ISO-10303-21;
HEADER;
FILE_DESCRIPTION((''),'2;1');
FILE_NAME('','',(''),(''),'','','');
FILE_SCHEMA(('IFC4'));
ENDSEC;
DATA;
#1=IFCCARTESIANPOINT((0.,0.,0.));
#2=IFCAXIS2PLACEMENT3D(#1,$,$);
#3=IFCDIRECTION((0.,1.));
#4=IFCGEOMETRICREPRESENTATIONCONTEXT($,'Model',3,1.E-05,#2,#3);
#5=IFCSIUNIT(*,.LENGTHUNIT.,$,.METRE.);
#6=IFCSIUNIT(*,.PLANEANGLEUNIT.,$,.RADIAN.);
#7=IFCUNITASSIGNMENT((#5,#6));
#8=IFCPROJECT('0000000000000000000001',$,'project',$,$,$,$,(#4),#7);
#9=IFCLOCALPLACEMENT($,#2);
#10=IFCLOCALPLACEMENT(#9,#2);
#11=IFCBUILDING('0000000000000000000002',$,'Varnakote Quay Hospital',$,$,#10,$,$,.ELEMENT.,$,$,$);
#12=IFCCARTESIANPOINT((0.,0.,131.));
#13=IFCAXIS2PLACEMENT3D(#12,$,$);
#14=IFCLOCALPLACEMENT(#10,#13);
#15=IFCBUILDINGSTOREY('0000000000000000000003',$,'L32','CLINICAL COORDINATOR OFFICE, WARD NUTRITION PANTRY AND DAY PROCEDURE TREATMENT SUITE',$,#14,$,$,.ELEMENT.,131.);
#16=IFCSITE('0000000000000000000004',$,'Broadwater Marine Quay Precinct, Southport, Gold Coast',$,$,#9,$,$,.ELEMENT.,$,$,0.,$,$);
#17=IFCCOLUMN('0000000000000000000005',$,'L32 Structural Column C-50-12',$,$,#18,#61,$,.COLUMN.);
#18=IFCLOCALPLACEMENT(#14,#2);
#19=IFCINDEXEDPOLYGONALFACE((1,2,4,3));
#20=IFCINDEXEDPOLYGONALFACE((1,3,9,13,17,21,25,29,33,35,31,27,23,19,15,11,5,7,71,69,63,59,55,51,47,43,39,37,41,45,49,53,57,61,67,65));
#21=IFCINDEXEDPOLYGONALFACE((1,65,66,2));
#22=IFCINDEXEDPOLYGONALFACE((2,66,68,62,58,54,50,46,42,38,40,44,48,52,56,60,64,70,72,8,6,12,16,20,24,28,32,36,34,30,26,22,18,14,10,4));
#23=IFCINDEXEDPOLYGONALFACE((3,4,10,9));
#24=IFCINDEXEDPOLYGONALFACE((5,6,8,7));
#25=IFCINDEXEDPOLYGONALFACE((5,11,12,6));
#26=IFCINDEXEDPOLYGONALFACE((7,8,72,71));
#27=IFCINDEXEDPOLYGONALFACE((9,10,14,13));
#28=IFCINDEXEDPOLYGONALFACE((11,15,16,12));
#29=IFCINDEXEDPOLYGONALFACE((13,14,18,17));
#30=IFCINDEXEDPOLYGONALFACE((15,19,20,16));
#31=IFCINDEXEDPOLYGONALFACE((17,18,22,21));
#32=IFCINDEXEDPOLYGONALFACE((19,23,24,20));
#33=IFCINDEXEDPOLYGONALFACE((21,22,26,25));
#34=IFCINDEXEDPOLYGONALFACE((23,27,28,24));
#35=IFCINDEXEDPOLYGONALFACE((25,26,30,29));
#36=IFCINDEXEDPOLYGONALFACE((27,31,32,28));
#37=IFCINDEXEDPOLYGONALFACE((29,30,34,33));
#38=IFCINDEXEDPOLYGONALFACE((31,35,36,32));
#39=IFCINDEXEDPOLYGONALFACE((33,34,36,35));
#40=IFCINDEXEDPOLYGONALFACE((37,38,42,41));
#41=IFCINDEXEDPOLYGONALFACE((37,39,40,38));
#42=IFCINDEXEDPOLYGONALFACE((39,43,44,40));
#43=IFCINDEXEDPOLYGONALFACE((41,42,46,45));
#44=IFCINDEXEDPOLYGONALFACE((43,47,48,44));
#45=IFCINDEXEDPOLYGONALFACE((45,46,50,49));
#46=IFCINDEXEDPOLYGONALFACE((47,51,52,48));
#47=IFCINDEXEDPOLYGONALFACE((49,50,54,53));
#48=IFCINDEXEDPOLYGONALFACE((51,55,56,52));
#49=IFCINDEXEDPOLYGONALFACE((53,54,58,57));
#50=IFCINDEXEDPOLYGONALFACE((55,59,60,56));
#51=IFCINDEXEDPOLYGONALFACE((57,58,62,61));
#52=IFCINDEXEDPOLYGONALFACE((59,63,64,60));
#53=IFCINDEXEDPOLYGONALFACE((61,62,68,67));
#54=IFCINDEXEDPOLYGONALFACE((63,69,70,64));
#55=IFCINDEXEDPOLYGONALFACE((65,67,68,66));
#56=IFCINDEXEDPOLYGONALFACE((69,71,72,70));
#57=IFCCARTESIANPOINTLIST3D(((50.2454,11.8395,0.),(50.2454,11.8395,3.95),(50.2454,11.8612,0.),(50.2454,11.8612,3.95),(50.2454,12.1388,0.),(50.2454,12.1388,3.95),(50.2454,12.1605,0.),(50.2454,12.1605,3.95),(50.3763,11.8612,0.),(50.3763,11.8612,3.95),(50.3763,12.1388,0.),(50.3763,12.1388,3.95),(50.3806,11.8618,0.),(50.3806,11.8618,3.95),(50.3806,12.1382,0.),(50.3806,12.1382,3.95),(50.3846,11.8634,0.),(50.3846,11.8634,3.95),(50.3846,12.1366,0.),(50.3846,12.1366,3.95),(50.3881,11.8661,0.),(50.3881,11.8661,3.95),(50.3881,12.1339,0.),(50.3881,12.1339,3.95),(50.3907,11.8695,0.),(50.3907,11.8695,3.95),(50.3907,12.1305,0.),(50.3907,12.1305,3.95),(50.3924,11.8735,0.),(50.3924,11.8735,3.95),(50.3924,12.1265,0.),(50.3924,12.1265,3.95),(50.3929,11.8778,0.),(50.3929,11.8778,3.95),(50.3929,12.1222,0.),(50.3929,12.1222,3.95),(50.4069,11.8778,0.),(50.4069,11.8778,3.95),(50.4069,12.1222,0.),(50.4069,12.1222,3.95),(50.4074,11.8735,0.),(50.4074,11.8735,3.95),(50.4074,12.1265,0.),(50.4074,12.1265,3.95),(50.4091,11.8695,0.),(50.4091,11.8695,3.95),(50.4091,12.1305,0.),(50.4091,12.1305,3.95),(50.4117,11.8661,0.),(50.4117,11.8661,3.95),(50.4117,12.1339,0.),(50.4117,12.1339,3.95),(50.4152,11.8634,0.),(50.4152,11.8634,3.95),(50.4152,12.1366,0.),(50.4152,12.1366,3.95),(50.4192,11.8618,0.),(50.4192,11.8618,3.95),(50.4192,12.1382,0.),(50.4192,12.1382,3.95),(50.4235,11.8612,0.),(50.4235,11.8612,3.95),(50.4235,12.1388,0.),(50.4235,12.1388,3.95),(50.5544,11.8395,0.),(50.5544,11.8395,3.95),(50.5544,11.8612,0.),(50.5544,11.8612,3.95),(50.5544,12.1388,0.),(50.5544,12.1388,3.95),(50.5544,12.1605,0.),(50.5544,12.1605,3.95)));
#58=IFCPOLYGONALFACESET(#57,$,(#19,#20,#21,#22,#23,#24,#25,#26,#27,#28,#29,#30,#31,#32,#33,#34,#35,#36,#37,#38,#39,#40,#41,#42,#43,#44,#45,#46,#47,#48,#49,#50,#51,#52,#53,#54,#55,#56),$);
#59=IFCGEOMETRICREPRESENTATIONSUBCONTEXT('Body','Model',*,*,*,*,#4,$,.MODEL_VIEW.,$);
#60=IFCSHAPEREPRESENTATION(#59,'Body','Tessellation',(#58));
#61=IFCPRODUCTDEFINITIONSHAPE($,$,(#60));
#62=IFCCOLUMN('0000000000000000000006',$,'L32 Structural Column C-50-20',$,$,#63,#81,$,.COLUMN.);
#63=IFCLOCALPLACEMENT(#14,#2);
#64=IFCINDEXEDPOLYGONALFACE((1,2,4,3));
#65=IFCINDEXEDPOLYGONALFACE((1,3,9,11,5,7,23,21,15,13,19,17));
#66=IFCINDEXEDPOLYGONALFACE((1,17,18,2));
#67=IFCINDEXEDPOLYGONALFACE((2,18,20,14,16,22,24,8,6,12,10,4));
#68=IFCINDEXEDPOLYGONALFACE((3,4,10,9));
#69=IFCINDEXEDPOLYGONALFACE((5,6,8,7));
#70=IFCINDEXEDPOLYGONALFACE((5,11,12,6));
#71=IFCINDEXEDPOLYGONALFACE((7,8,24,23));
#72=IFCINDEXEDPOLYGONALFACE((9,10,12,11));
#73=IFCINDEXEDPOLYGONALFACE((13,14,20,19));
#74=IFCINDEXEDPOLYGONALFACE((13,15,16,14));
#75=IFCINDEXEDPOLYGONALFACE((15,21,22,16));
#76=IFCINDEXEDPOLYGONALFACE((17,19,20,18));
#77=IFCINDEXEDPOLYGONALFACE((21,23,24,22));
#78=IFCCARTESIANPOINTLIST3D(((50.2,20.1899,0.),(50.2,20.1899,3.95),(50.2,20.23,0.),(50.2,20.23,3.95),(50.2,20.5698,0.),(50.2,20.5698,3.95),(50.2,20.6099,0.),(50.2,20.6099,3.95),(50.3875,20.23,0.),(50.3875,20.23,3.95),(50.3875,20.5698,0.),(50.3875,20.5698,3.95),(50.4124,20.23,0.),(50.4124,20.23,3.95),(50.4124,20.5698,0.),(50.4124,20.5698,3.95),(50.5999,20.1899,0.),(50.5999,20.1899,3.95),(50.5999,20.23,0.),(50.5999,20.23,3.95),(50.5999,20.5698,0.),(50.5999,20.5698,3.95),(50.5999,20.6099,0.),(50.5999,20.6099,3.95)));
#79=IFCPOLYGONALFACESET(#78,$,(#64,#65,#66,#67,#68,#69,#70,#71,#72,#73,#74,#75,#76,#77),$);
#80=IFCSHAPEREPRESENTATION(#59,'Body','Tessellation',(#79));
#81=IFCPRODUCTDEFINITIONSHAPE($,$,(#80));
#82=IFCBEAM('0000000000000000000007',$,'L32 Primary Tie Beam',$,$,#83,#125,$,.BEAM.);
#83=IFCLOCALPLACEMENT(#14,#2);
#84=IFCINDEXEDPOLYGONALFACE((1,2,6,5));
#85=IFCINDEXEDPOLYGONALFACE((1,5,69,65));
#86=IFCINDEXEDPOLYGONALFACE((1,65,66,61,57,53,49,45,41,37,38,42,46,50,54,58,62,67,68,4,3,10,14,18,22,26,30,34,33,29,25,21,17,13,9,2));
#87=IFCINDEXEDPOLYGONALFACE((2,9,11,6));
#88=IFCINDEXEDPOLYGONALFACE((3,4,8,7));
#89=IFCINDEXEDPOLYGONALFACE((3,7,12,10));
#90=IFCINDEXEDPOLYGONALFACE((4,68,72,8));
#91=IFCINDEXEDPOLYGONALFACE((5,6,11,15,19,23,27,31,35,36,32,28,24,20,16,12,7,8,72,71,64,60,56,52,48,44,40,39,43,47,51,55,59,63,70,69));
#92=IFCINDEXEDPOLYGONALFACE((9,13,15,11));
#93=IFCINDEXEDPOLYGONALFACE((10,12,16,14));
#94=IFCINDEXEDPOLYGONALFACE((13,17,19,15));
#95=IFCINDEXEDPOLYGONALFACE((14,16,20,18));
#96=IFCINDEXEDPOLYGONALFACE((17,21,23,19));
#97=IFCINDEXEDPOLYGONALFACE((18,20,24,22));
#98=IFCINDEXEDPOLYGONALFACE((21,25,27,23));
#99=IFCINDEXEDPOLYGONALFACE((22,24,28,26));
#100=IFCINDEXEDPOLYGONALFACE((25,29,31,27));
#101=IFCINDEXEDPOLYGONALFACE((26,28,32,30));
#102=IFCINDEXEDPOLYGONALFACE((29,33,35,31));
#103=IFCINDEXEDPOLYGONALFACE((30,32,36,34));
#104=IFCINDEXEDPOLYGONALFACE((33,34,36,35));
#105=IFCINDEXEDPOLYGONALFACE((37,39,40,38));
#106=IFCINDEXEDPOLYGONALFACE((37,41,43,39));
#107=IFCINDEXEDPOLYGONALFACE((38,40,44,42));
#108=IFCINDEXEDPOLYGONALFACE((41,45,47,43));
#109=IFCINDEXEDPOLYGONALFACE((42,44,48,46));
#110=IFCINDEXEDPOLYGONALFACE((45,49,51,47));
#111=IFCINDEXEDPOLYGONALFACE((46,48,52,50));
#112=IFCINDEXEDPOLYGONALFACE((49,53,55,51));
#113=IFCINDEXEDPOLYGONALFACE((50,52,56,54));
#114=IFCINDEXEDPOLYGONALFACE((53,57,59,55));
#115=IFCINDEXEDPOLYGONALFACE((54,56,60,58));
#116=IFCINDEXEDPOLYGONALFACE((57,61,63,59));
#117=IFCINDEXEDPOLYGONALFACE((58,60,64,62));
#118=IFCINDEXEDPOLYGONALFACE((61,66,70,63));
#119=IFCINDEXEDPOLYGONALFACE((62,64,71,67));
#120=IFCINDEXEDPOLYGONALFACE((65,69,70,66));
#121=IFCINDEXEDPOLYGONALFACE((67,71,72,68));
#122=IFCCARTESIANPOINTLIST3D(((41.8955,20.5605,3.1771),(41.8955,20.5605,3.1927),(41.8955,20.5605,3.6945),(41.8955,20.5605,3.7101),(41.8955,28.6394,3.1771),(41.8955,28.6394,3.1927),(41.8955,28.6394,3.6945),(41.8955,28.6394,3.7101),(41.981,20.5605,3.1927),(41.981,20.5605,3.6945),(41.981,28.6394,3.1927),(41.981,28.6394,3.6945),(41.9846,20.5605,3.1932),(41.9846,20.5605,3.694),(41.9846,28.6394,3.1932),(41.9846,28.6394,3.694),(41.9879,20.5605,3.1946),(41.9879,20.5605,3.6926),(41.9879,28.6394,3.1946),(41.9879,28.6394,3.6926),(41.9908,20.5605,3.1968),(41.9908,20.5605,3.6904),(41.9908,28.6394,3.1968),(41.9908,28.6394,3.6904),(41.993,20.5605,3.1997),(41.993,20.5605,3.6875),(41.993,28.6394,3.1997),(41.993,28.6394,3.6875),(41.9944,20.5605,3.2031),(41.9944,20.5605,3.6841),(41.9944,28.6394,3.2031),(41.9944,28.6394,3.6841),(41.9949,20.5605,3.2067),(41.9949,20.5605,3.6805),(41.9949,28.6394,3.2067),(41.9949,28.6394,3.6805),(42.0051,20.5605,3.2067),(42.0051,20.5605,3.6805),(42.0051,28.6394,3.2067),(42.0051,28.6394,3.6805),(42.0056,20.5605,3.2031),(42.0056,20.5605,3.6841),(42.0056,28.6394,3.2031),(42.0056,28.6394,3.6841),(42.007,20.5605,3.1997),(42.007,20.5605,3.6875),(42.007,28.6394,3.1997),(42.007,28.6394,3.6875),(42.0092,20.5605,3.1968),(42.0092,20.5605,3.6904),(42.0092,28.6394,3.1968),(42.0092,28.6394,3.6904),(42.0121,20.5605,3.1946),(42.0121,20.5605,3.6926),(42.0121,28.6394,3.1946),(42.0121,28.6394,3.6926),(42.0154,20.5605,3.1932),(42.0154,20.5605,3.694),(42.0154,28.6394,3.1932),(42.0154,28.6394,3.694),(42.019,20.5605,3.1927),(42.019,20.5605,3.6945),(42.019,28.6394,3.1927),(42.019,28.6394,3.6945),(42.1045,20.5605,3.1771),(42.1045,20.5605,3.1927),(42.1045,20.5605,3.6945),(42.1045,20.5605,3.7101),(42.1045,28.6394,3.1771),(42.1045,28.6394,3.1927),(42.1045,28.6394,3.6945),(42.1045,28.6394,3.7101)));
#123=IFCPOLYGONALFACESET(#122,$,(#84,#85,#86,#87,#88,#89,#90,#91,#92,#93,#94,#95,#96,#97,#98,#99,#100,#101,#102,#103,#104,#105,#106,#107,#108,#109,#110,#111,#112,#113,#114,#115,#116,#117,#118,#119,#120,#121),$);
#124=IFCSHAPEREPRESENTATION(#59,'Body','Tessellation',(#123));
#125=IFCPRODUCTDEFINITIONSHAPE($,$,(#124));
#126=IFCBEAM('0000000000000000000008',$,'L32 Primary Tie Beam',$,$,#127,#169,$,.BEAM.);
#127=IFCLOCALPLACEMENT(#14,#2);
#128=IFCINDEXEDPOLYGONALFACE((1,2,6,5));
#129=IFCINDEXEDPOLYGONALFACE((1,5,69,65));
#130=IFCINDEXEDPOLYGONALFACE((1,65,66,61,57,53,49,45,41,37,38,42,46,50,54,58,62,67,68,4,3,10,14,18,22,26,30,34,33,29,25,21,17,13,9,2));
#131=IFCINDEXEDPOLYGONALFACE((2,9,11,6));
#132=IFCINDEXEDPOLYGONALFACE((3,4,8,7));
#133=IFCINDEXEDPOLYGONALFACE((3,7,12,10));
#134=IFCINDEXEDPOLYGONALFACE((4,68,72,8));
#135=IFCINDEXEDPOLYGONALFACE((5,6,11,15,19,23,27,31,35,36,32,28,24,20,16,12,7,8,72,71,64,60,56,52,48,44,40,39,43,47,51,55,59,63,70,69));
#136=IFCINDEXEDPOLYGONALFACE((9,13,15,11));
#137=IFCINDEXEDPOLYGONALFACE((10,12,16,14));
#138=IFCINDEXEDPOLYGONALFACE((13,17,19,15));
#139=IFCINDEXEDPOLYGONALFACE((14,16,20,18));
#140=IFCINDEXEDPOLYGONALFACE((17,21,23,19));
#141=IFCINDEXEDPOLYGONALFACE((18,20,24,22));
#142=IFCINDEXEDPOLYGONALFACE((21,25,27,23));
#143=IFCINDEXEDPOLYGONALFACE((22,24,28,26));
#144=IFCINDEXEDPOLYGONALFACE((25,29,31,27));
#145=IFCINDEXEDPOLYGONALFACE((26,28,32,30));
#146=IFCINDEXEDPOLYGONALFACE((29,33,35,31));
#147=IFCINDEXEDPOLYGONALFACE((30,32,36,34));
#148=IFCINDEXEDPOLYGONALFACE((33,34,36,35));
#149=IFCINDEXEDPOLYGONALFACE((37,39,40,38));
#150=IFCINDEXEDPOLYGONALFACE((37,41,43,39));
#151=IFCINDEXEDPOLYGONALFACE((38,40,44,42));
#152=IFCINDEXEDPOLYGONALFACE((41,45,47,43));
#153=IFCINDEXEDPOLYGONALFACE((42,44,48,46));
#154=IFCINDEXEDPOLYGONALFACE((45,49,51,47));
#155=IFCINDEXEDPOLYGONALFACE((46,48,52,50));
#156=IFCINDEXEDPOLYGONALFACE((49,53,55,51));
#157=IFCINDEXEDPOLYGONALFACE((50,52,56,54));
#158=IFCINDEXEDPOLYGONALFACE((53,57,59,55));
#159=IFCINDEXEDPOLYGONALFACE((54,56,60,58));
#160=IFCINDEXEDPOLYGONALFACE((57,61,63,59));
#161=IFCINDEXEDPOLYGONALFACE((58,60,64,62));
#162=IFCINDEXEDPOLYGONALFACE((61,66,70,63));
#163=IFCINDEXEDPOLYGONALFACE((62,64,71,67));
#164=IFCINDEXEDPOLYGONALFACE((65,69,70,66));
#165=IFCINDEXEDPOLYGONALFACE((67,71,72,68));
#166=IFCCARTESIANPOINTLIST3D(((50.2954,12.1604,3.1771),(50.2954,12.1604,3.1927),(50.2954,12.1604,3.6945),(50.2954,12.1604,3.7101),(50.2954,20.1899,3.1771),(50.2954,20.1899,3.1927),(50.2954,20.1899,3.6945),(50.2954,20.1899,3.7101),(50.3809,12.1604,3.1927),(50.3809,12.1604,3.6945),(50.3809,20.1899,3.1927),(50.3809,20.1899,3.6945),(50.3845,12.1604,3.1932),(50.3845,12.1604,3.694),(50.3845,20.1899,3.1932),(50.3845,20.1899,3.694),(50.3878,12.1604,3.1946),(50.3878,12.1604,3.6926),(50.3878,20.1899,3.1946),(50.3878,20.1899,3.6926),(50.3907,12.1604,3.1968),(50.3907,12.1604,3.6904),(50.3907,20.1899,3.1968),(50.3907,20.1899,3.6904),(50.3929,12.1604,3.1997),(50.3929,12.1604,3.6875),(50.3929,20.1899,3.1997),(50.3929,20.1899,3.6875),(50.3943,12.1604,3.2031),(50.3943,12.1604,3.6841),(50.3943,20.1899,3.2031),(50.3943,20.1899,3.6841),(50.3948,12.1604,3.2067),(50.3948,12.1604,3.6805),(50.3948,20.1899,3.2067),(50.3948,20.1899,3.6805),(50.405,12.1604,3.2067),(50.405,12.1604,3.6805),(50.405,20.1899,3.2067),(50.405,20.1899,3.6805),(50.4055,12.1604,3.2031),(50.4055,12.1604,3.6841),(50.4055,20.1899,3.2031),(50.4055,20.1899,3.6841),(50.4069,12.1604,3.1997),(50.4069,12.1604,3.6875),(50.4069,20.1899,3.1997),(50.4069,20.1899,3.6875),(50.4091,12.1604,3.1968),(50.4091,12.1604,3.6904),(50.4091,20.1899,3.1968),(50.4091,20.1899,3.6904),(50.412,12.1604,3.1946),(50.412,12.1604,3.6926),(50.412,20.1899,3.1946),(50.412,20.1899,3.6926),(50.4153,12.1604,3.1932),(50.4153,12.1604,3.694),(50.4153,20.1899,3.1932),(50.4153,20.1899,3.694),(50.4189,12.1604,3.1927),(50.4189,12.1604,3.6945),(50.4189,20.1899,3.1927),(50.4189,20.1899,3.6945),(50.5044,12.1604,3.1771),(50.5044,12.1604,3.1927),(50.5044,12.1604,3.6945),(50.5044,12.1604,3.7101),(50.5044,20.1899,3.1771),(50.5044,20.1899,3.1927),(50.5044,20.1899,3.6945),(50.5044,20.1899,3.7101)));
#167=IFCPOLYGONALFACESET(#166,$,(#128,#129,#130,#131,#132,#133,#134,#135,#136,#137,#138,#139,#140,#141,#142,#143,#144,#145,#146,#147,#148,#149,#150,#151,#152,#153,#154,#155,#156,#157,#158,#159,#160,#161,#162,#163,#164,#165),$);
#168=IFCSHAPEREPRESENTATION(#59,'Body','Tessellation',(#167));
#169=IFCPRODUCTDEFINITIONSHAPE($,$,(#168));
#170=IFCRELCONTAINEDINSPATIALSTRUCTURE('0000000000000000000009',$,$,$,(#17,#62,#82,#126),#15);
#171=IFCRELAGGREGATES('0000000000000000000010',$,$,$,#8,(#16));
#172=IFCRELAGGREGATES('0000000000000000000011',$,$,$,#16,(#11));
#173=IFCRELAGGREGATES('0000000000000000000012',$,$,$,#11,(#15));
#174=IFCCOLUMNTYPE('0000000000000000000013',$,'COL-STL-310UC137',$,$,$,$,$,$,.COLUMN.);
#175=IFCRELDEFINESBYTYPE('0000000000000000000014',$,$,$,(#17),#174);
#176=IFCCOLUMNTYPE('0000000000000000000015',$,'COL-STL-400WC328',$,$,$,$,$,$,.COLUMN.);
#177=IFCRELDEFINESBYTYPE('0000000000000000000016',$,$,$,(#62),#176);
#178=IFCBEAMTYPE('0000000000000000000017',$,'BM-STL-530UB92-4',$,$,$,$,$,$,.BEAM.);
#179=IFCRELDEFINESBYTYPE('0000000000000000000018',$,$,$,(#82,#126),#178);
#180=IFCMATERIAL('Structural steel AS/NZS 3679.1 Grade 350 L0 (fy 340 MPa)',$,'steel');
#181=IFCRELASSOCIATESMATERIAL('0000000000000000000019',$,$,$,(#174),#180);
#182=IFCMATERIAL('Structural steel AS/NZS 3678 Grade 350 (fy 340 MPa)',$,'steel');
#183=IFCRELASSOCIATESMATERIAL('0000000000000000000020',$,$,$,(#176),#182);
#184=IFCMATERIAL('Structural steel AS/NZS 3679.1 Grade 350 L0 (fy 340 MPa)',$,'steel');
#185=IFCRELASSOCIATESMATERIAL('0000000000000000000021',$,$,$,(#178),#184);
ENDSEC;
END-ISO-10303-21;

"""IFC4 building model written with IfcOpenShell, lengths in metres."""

from ifc_helpers import new_model, si_unit, direction, frame, origin, origin_2d, place, context, subcontext, project, spatial, i_section, extrude, material, material_profile, profile_set, type_object, element, save


model = new_model("IFC4")

# Units and contexts
model_context = context("Model", 3, precision=1e-05, world=origin(), true_north=direction((0.0, 1.0)))
body_context = subcontext(model_context, "Body", "Model", "MODEL_VIEW")
ifc_project = project(units=[si_unit("LENGTHUNIT", "METRE"), si_unit("PLANEANGLEUNIT", "RADIAN")], contexts=[model_context])

# Site, building, storey
site_placement = place(None, origin())
site = spatial("IfcSite", under=ifc_project, at=site_placement, Name="Broadwater Marine Quay Precinct, Southport, Gold Coast", CompositionType="ELEMENT", RefElevation=0.0)
building_placement = place(site_placement, origin())
building = spatial("IfcBuilding", under=site, at=building_placement, Name="Varnakote Quay Hospital", CompositionType="ELEMENT")
storey_placement = place(building_placement, frame((0.0, 0.0, 131.0)))
storey = spatial("IfcBuildingStorey", under=building, at=storey_placement, Name="L32", Description="CLINICAL COORDINATOR OFFICE, WARD NUTRITION PANTRY AND DAY PROCEDURE TREATMENT SUITE", CompositionType="ELEMENT", Elevation=131.0)

# Columns
ifc_material_1 = material(Name="Structural steel AS/NZS 3679.1 Grade 350 L0 (fy 340 MPa)", Category="steel")
ifc_material_profile_1 = material_profile(ifc_material_1, i_section(OverallWidth=0.3091, OverallDepth=0.321, WebThickness=0.0139, FlangeThickness=0.0217, FilletRadius=0.0166, at=origin_2d()), Name="310UC137")
ifc_profile_set_1 = profile_set([ifc_material_profile_1], Name="Structural steel AS/NZS 3679.1 Grade 350 L0 (fy 340 MPa)")
column_type_1 = type_object("IfcColumnType", Name="COL-STL-310UC137", PredefinedType="COLUMN", material=ifc_profile_set_1)
column_1_placement = place(storey_placement, frame((50.3999, 12.0, 0.0), z_axis=(0.0, 0.0, 1.0), x_axis=(1.0, 0.0, 0.0)))
element("IfcColumn", 1, at=column_1_placement, inside=storey, type_object=column_type_1, Name="L32 Structural Column C-50-12", PredefinedType="COLUMN", context=body_context, shape_type="SweptSolid", body=[
    extrude(i_section(OverallWidth=0.3091, OverallDepth=0.321, WebThickness=0.0139, FlangeThickness=0.0217, FilletRadius=0.0166, at=origin_2d()), origin(), (0.0, 0.0, 1.0), 3.95),
])
ifc_material_2 = material(Name="Structural steel AS/NZS 3678 Grade 350 (fy 340 MPa)", Category="steel")
ifc_material_profile_2 = material_profile(ifc_material_2, i_section(OverallWidth=0.3999, OverallDepth=0.4199, WebThickness=0.0249, FlangeThickness=0.04, at=origin_2d()), Name="400WC328")
ifc_profile_set_2 = profile_set([ifc_material_profile_2], Name="Structural steel AS/NZS 3678 Grade 350 (fy 340 MPa)")
column_type_2 = type_object("IfcColumnType", Name="COL-STL-400WC328", PredefinedType="COLUMN", material=ifc_profile_set_2)
column_2_placement = place(storey_placement, frame((50.3999, 20.3999, 0.0), z_axis=(0.0, 0.0, 1.0), x_axis=(1.0, 0.0, 0.0)))
element("IfcColumn", 2, at=column_2_placement, inside=storey, type_object=column_type_2, Name="L32 Structural Column C-50-20", PredefinedType="COLUMN", context=body_context, shape_type="SweptSolid", body=[
    extrude(i_section(OverallWidth=0.3999, OverallDepth=0.4199, WebThickness=0.0249, FlangeThickness=0.04, at=origin_2d()), origin(), (0.0, 0.0, 1.0), 3.95),
])

# Beams
ifc_material_3 = material(Name="Structural steel AS/NZS 3679.1 Grade 350 L0 (fy 340 MPa)", Category="steel")
ifc_material_profile_3 = material_profile(ifc_material_3, i_section(OverallWidth=0.209, OverallDepth=0.533, WebThickness=0.0103, FlangeThickness=0.0156, FilletRadius=0.0139, at=origin_2d()), Name="530UB92.4")
ifc_profile_set_3 = profile_set([ifc_material_profile_3], Name="Structural steel AS/NZS 3679.1 Grade 350 L0 (fy 340 MPa)")
beam_type_1 = type_object("IfcBeamType", Name="BM-STL-530UB92-4", PredefinedType="BEAM", material=ifc_profile_set_3)
beam_1_placement = place(storey_placement, frame((42.0, 20.5605, 3.4436), z_axis=(0.0, 1.0, 0.0), x_axis=(-1.0, 0.0, 0.0)))
element("IfcBeam", 3, at=beam_1_placement, inside=storey, type_object=beam_type_1, Name="L32 Primary Tie Beam", PredefinedType="BEAM", context=body_context, shape_type="SweptSolid", body=[
    extrude(i_section(OverallWidth=0.209, OverallDepth=0.533, WebThickness=0.0103, FlangeThickness=0.0156, FilletRadius=0.0139, at=origin_2d()), origin(), (0.0, 0.0, 1.0), 8.0789),
])
beam_2_placement = place(storey_placement, frame((50.3999, 12.1604, 3.4436), z_axis=(0.0, 1.0, 0.0), x_axis=(-1.0, 0.0, 0.0)))
element("IfcBeam", 4, at=beam_2_placement, inside=storey, type_object=beam_type_1, Name="L32 Primary Tie Beam", PredefinedType="BEAM", context=body_context, shape_type="SweptSolid", body=[
    extrude(i_section(OverallWidth=0.209, OverallDepth=0.533, WebThickness=0.0103, FlangeThickness=0.0156, FilletRadius=0.0139, at=origin_2d()), origin(), (0.0, 0.0, 1.0), 8.0295),
])

save(model, "model.ifc")
